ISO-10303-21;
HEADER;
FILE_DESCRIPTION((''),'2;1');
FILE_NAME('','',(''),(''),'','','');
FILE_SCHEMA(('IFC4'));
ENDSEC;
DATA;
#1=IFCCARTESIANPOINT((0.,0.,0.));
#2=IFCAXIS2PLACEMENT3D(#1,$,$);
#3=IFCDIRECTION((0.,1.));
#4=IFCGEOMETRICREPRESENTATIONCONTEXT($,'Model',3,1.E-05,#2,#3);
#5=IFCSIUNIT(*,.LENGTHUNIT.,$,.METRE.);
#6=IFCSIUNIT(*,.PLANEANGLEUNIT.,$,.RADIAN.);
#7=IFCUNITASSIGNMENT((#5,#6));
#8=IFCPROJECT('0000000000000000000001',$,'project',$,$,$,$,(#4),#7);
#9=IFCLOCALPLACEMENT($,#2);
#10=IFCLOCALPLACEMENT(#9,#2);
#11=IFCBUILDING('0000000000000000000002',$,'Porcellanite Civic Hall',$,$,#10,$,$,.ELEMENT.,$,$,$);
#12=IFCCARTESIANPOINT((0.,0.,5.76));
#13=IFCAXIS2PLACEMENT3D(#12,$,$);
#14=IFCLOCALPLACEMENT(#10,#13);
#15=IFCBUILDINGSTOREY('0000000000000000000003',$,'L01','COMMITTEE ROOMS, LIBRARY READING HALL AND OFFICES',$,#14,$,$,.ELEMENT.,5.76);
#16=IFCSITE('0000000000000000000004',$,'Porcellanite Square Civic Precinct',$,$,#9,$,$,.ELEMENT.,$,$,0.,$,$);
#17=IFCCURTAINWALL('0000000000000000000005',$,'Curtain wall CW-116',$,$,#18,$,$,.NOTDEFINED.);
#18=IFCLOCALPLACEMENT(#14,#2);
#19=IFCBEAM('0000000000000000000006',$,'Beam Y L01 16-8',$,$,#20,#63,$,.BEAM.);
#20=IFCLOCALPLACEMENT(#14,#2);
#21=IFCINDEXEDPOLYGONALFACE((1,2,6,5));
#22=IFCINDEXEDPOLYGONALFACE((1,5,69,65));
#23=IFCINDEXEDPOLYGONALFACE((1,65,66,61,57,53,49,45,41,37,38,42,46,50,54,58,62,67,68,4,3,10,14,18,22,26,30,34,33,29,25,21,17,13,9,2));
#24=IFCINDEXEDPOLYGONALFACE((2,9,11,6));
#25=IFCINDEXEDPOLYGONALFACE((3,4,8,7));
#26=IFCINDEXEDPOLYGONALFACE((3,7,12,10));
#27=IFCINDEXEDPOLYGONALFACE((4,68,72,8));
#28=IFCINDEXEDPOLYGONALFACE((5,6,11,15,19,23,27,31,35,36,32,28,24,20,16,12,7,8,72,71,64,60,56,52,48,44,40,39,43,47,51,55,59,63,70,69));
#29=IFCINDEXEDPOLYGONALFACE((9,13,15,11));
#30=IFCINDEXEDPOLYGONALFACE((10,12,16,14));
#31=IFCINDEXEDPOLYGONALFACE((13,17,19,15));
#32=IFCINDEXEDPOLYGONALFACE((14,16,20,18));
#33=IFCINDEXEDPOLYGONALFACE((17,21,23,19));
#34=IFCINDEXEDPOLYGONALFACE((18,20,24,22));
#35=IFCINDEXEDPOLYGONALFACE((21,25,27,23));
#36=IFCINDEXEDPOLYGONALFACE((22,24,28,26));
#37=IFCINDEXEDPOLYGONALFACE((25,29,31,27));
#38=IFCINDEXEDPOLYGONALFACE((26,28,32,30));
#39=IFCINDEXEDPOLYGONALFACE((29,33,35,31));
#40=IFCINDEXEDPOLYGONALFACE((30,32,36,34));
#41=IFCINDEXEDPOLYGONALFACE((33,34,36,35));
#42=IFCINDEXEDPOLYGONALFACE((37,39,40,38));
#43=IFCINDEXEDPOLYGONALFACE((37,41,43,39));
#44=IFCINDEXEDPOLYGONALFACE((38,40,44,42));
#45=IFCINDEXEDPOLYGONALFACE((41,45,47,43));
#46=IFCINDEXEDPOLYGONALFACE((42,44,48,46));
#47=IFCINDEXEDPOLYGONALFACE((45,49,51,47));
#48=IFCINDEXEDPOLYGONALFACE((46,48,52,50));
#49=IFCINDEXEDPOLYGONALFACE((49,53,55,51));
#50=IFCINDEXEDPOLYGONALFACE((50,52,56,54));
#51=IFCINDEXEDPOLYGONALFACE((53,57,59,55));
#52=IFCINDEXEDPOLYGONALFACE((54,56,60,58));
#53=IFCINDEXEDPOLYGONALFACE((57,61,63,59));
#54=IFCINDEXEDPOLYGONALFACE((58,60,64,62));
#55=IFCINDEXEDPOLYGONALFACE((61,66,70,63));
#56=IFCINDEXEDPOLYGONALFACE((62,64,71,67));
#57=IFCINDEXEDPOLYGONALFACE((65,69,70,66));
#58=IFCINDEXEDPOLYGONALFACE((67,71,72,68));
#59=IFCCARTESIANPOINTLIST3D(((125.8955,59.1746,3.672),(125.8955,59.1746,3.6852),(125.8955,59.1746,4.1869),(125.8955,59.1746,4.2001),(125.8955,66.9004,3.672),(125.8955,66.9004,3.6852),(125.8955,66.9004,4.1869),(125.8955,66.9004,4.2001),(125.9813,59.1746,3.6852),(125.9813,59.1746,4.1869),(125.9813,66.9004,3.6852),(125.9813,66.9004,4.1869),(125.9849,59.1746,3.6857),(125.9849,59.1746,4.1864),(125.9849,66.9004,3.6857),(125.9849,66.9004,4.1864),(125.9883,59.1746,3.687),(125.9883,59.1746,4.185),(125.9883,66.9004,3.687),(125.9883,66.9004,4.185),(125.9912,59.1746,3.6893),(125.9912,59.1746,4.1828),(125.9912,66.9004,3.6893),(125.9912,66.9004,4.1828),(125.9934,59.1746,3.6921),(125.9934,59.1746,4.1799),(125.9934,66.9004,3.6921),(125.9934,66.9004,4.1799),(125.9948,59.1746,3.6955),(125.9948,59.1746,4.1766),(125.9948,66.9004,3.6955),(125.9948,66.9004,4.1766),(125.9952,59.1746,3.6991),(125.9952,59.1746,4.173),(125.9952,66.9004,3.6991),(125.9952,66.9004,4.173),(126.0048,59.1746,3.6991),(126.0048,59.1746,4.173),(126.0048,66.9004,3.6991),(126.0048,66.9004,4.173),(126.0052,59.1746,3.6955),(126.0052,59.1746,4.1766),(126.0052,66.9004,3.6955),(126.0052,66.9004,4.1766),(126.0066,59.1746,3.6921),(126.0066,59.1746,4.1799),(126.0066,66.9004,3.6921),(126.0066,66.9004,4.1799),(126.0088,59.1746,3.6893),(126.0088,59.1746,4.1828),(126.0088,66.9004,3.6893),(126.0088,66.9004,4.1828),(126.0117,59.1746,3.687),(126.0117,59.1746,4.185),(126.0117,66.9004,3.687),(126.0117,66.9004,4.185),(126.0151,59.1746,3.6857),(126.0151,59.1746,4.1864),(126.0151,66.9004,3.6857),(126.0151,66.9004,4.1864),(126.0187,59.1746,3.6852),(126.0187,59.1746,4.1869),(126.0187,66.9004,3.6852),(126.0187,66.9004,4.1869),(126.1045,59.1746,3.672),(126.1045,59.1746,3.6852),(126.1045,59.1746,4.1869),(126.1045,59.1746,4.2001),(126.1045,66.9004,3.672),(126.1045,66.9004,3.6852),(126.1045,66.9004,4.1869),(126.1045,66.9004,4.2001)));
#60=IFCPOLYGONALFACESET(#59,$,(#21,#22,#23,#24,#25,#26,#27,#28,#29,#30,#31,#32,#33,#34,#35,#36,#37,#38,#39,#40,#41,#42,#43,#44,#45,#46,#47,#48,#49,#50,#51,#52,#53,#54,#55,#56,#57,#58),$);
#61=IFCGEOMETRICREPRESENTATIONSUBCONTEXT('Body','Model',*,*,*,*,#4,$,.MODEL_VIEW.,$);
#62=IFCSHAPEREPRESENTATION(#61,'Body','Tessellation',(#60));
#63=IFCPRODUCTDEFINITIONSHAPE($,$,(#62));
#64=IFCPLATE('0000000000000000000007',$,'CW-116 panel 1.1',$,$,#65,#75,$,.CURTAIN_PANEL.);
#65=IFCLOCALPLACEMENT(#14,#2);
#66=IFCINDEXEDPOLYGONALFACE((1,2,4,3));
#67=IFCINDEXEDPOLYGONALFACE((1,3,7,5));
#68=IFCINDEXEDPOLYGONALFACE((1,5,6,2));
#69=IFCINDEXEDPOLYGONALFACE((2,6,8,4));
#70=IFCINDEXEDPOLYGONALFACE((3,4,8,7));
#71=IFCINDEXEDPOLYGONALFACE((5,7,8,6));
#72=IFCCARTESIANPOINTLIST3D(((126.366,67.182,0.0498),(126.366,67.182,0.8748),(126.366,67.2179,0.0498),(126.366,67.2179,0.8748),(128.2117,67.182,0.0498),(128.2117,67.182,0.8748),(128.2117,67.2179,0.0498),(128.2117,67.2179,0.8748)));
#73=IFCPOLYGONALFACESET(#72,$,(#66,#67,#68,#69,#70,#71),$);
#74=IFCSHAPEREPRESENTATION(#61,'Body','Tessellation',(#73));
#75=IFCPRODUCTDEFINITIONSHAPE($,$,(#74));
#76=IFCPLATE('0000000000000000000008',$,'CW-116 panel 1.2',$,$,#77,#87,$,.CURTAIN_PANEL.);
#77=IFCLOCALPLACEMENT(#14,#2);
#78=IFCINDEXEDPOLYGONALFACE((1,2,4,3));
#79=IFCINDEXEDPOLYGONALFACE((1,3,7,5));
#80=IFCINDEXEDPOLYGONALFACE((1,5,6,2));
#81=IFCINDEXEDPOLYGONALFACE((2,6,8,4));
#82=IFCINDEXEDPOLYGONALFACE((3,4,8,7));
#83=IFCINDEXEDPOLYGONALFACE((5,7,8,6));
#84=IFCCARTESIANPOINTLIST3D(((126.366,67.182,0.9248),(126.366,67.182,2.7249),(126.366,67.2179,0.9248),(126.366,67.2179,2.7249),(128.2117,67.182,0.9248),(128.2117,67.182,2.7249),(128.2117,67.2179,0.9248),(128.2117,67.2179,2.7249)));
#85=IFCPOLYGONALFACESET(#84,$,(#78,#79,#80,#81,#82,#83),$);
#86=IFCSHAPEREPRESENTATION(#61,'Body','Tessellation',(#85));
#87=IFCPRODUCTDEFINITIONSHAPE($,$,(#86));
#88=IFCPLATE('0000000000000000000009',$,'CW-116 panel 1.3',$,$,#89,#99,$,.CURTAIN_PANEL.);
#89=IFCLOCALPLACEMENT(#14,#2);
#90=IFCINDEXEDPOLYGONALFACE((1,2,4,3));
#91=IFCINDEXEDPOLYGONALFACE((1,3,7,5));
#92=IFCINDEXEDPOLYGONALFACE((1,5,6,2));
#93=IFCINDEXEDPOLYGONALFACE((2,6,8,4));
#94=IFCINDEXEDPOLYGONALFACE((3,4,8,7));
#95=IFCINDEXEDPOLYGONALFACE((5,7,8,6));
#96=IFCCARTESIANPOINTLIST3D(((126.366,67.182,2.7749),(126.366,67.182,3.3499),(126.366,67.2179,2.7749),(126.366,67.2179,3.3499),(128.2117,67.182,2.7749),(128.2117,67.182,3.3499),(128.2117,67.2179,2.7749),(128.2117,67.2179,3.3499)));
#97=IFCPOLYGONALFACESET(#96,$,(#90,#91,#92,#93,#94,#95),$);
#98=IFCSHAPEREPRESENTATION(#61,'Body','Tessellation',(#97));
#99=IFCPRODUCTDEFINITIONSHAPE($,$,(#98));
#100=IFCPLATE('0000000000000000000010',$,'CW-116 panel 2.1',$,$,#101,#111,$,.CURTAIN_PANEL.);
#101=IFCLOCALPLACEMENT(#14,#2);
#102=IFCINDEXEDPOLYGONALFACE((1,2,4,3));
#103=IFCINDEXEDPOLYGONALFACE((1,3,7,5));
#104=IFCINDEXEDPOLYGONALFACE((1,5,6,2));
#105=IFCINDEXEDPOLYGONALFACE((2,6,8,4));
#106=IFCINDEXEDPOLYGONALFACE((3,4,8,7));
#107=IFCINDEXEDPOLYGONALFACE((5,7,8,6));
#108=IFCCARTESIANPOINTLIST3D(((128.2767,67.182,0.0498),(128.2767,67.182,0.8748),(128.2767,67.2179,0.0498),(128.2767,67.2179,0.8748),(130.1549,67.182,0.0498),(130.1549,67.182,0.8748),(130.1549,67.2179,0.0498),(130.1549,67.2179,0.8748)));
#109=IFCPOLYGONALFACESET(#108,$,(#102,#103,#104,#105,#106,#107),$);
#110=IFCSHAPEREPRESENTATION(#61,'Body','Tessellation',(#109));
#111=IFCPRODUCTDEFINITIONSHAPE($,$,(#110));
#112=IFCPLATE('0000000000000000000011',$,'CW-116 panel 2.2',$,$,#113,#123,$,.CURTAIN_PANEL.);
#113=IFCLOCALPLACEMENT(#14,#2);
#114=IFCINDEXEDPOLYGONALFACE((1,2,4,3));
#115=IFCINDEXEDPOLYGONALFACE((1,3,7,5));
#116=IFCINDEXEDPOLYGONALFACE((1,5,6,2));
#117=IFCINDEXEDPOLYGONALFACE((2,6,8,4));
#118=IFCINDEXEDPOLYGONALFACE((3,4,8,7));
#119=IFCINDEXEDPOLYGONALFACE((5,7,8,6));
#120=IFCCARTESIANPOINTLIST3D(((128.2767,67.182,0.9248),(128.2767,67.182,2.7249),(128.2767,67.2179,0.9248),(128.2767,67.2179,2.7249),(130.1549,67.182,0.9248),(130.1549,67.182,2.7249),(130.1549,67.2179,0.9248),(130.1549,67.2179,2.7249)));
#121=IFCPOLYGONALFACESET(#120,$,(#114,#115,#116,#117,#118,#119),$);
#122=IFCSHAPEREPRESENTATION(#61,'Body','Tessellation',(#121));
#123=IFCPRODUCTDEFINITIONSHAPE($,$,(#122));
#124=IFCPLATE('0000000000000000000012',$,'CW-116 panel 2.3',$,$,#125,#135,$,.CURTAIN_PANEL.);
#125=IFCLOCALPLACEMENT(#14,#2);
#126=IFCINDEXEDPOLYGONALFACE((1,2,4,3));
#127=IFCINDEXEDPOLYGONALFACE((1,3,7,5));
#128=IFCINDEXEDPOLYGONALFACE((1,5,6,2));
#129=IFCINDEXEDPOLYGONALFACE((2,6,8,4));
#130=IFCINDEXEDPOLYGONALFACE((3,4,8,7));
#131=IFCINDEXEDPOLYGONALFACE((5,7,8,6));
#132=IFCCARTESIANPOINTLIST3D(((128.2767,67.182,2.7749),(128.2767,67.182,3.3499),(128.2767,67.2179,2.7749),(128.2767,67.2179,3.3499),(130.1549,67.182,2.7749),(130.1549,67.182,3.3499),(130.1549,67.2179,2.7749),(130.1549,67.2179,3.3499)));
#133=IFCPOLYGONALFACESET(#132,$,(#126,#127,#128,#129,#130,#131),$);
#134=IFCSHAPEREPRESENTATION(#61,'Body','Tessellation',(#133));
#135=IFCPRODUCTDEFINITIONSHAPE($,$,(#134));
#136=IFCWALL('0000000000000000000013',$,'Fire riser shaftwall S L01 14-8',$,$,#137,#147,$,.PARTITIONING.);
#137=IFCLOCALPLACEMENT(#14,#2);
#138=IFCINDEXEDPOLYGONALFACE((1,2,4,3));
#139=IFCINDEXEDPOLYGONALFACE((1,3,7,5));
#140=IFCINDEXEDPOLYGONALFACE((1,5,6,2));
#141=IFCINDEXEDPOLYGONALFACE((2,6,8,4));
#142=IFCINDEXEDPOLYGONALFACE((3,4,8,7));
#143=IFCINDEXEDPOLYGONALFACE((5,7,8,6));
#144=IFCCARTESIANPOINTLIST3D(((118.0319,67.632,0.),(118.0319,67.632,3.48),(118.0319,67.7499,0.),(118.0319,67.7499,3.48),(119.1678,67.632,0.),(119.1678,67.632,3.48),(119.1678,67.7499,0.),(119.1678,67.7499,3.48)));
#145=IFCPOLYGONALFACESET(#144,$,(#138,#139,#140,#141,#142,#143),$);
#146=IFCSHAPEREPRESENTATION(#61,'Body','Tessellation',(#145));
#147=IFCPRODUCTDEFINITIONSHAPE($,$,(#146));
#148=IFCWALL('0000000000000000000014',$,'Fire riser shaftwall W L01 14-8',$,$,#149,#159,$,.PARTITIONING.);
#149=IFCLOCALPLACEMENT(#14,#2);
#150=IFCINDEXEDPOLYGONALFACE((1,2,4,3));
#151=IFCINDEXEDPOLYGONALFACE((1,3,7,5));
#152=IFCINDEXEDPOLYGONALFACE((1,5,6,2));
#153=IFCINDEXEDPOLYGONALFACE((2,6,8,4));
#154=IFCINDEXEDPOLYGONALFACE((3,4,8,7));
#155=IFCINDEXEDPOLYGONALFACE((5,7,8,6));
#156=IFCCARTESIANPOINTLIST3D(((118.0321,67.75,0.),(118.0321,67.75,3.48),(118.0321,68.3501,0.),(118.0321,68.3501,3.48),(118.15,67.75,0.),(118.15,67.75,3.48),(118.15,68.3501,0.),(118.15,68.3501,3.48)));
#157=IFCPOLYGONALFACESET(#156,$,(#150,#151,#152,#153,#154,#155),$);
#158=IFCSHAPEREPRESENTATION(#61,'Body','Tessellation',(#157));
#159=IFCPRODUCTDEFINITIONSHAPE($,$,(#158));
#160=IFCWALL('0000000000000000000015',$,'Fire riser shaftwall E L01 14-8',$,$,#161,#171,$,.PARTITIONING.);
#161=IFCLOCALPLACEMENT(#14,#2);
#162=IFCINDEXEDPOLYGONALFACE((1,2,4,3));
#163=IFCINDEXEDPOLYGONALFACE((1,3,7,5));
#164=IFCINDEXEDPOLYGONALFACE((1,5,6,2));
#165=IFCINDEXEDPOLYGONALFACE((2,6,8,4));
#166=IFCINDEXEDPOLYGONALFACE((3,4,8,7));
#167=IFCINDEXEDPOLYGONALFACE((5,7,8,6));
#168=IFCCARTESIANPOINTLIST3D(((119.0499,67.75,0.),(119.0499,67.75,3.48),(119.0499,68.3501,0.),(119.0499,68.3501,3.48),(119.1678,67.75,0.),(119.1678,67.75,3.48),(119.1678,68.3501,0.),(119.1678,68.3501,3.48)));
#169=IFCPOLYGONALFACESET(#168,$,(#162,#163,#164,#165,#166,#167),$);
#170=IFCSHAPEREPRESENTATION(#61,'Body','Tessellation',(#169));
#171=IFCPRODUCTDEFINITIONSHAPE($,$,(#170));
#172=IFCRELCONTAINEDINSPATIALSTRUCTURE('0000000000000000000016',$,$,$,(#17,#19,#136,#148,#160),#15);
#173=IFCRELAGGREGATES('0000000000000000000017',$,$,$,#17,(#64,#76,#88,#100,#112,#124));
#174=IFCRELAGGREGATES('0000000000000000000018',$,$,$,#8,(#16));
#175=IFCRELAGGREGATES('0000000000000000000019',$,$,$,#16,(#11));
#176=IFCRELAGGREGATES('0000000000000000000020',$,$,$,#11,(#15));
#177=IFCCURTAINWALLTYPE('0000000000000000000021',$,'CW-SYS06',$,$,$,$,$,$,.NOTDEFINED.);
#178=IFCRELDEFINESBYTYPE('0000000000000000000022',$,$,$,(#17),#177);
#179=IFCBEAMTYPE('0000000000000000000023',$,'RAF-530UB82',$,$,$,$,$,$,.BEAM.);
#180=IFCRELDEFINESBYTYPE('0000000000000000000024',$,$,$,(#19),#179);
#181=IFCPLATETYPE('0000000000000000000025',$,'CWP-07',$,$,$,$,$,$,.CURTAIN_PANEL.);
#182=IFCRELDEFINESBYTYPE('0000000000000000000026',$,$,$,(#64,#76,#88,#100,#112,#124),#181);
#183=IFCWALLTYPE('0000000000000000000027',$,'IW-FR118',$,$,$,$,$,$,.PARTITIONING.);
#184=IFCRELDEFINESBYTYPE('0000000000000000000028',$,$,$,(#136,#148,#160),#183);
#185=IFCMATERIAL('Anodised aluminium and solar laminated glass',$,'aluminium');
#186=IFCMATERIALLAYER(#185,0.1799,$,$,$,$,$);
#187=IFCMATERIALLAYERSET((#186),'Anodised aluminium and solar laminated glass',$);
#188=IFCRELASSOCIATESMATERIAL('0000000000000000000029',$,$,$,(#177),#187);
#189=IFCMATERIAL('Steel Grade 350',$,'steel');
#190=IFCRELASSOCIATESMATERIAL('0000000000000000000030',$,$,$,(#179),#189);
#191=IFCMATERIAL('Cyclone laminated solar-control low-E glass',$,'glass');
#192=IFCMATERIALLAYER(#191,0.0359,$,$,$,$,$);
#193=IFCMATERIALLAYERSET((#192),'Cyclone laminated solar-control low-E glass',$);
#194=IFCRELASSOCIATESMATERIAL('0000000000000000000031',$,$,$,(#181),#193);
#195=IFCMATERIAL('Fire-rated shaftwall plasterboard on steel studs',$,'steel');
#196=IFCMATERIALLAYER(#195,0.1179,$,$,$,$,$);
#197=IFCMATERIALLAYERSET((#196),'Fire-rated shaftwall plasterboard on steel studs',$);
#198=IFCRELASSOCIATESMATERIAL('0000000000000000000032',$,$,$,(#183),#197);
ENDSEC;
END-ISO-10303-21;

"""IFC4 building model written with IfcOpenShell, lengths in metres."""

from ifc_helpers import new_model, si_unit, direction, frame, frame_2d, origin, origin_2d, place, context, subcontext, project, spatial, rectangle, i_section, extrude, material, layer, layer_set, material_profile, profile_set, type_object, element, aggregate, save


model = new_model("IFC4")

# Units and contexts
model_context = context("Model", 3, precision=1e-05, world=origin(), true_north=direction((0.0, 1.0)))
body_context = subcontext(model_context, "Body", "Model", "MODEL_VIEW")
ifc_project = project(units=[si_unit("LENGTHUNIT", "METRE"), si_unit("PLANEANGLEUNIT", "RADIAN")], contexts=[model_context])

# Site, building, storey
site_placement = place(None, origin())
site = spatial("IfcSite", under=ifc_project, at=site_placement, Name="Porcellanite Square Civic Precinct", CompositionType="ELEMENT", RefElevation=0.0)
building_placement = place(site_placement, origin())
building = spatial("IfcBuilding", under=site, at=building_placement, Name="Porcellanite Civic Hall", CompositionType="ELEMENT")
storey_placement = place(building_placement, frame((0.0, 0.0, 5.76)))
storey = spatial("IfcBuildingStorey", under=building, at=storey_placement, Name="L01", Description="COMMITTEE ROOMS, LIBRARY READING HALL AND OFFICES", CompositionType="ELEMENT", Elevation=5.76)

# Curtain wall
ifc_material_1 = material(Name="Anodised aluminium and solar laminated glass", Category="aluminium")
ifc_layer_1 = layer(ifc_material_1, 0.1799)
ifc_layer_set_1 = layer_set([ifc_layer_1], Name="Anodised aluminium and solar laminated glass")
curtain_wall_type_1 = type_object("IfcCurtainWallType", Name="CW-SYS06", PredefinedType="NOTDEFINED", material=ifc_layer_set_1)
curtain_wall_1_placement = place(storey_placement, origin())
curtain_wall_1 = element("IfcCurtainWall", 1, at=curtain_wall_1_placement, inside=storey, type_object=curtain_wall_type_1, Name="Curtain wall CW-116", PredefinedType="NOTDEFINED")

# Beam
ifc_material_2 = material(Name="Steel Grade 350", Category="steel")
ifc_material_profile_1 = material_profile(ifc_material_2, i_section(OverallWidth=0.209, OverallDepth=0.5281, WebThickness=0.0095, FlangeThickness=0.0132, FilletRadius=0.0139, at=origin_2d()), Name="530UB82.0")
ifc_profile_set_1 = profile_set([ifc_material_profile_1], Name="Steel Grade 350")
beam_type_1 = type_object("IfcBeamType", Name="RAF-530UB82", PredefinedType="BEAM", material=ifc_profile_set_1)
beam_1_placement = place(storey_placement, frame((126.0, 59.1746, 3.936), z_axis=(0.0, 1.0, 0.0), x_axis=(-1.0, 0.0, 0.0)))
element("IfcBeam", 2, at=beam_1_placement, inside=storey, type_object=beam_type_1, Name="Beam Y L01 16-8", PredefinedType="BEAM", context=body_context, shape_type="SweptSolid", body=[
    extrude(i_section(OverallWidth=0.209, OverallDepth=0.5281, WebThickness=0.0095, FlangeThickness=0.0132, FilletRadius=0.0139, at=origin_2d()), origin(), (0.0, 0.0, 1.0), 7.7258),
])

# Plates
ifc_material_3 = material(Name="Cyclone laminated solar-control low-E glass", Category="glass")
ifc_layer_2 = layer(ifc_material_3, 0.0359)
ifc_layer_set_2 = layer_set([ifc_layer_2], Name="Cyclone laminated solar-control low-E glass")
plate_type = type_object("IfcPlateType", Name="CWP-07", PredefinedType="CURTAIN_PANEL", material=ifc_layer_set_2)
plate_1_placement = place(storey_placement, frame((127.2888, 67.2, 0.0498), z_axis=(0.0, 0.0, 1.0), x_axis=(1.0, 0.0, 0.0)))
plate_1 = element("IfcPlate", 3, at=plate_1_placement, type_object=plate_type, Name="CW-116 panel 1.1", PredefinedType="CURTAIN_PANEL", context=body_context, shape_type="SweptSolid", body=[
    extrude(rectangle(XDim=1.8457, YDim=0.0359, at=origin_2d()), origin(), (0.0, 0.0, 1.0), 0.825),
])
plate_2_placement = place(storey_placement, frame((127.2888, 67.2, 0.9248), z_axis=(0.0, 0.0, 1.0), x_axis=(1.0, 0.0, 0.0)))
plate_2 = element("IfcPlate", 4, at=plate_2_placement, type_object=plate_type, Name="CW-116 panel 1.2", PredefinedType="CURTAIN_PANEL", context=body_context, shape_type="SweptSolid", body=[
    extrude(rectangle(XDim=1.8457, YDim=0.0359, at=origin_2d()), origin(), (0.0, 0.0, 1.0), 1.8),
])
plate_3_placement = place(storey_placement, frame((127.2888, 67.2, 2.7749), z_axis=(0.0, 0.0, 1.0), x_axis=(1.0, 0.0, 0.0)))
plate_3 = element("IfcPlate", 5, at=plate_3_placement, type_object=plate_type, Name="CW-116 panel 1.3", PredefinedType="CURTAIN_PANEL", context=body_context, shape_type="SweptSolid", body=[
    extrude(rectangle(XDim=1.8457, YDim=0.0359, at=origin_2d()), origin(), (0.0, 0.0, 1.0), 0.575),
])
plate_4_placement = place(storey_placement, frame((129.2158, 67.2, 0.0498), z_axis=(0.0, 0.0, 1.0), x_axis=(1.0, 0.0, 0.0)))
plate_4 = element("IfcPlate", 6, at=plate_4_placement, type_object=plate_type, Name="CW-116 panel 2.1", PredefinedType="CURTAIN_PANEL", context=body_context, shape_type="SweptSolid", body=[
    extrude(rectangle(XDim=1.8782, YDim=0.0359, at=origin_2d()), origin(), (0.0, 0.0, 1.0), 0.825),
])
plate_5_placement = place(storey_placement, frame((129.2158, 67.2, 0.9248), z_axis=(0.0, 0.0, 1.0), x_axis=(1.0, 0.0, 0.0)))
plate_5 = element("IfcPlate", 7, at=plate_5_placement, type_object=plate_type, Name="CW-116 panel 2.2", PredefinedType="CURTAIN_PANEL", context=body_context, shape_type="SweptSolid", body=[
    extrude(rectangle(XDim=1.8782, YDim=0.0359, at=origin_2d()), origin(), (0.0, 0.0, 1.0), 1.8),
])
plate_6_placement = place(storey_placement, frame((129.2158, 67.2, 2.7749), z_axis=(0.0, 0.0, 1.0), x_axis=(1.0, 0.0, 0.0)))
plate_6 = element("IfcPlate", 8, at=plate_6_placement, type_object=plate_type, Name="CW-116 panel 2.3", PredefinedType="CURTAIN_PANEL", context=body_context, shape_type="SweptSolid", body=[
    extrude(rectangle(XDim=1.8782, YDim=0.0359, at=origin_2d()), origin(), (0.0, 0.0, 1.0), 0.575),
])
aggregate(curtain_wall_1, [plate_1, plate_2, plate_3, plate_4, plate_5, plate_6])

# Walls
ifc_material_4 = material(Name="Fire-rated shaftwall plasterboard on steel studs", Category="steel")
ifc_layer_3 = layer(ifc_material_4, 0.1179)
ifc_layer_set_3 = layer_set([ifc_layer_3], Name="Fire-rated shaftwall plasterboard on steel studs")
wall_type_1 = type_object("IfcWallType", Name="IW-FR118", PredefinedType="PARTITIONING", material=ifc_layer_set_3)
wall_1_placement = place(storey_placement, frame((118.032, 67.6909, 0.0), z_axis=(0.0, 0.0, 1.0), x_axis=(1.0, 0.0, 0.0)))
element("IfcWall", 9, at=wall_1_placement, inside=storey, type_object=wall_type_1, Name="Fire riser shaftwall S L01 14-8", PredefinedType="PARTITIONING", context=body_context, shape_type="SweptSolid", body=[
    extrude(rectangle(XDim=1.136, YDim=0.1179, at=frame_2d((0.5679, 0.0))), origin(), (0.0, 0.0, 1.0), 3.48),
])
for number, where, z_axis, x_axis, name in (
    (10, (118.0911, 67.75, 0.0), (0.0, 0.0, 1.0), (0.0, 1.0, 0.0), "Fire riser shaftwall W L01 14-8"),
    (11, (119.1089, 67.75, 0.0), (0.0, 0.0, 1.0), (0.0, 1.0, 0.0), "Fire riser shaftwall E L01 14-8"),
):
    element("IfcWall", number, at=place(storey_placement, frame(where, z_axis=z_axis, x_axis=x_axis)), inside=storey, type_object=wall_type_1, Name=name, PredefinedType="PARTITIONING", context=body_context, shape_type="SweptSolid", body=[
        extrude(rectangle(XDim=0.6001, YDim=0.1179, at=frame_2d((0.3, 0.0))), origin(), (0.0, 0.0, 1.0), 3.48),
    ])

save(model, "model.ifc")
